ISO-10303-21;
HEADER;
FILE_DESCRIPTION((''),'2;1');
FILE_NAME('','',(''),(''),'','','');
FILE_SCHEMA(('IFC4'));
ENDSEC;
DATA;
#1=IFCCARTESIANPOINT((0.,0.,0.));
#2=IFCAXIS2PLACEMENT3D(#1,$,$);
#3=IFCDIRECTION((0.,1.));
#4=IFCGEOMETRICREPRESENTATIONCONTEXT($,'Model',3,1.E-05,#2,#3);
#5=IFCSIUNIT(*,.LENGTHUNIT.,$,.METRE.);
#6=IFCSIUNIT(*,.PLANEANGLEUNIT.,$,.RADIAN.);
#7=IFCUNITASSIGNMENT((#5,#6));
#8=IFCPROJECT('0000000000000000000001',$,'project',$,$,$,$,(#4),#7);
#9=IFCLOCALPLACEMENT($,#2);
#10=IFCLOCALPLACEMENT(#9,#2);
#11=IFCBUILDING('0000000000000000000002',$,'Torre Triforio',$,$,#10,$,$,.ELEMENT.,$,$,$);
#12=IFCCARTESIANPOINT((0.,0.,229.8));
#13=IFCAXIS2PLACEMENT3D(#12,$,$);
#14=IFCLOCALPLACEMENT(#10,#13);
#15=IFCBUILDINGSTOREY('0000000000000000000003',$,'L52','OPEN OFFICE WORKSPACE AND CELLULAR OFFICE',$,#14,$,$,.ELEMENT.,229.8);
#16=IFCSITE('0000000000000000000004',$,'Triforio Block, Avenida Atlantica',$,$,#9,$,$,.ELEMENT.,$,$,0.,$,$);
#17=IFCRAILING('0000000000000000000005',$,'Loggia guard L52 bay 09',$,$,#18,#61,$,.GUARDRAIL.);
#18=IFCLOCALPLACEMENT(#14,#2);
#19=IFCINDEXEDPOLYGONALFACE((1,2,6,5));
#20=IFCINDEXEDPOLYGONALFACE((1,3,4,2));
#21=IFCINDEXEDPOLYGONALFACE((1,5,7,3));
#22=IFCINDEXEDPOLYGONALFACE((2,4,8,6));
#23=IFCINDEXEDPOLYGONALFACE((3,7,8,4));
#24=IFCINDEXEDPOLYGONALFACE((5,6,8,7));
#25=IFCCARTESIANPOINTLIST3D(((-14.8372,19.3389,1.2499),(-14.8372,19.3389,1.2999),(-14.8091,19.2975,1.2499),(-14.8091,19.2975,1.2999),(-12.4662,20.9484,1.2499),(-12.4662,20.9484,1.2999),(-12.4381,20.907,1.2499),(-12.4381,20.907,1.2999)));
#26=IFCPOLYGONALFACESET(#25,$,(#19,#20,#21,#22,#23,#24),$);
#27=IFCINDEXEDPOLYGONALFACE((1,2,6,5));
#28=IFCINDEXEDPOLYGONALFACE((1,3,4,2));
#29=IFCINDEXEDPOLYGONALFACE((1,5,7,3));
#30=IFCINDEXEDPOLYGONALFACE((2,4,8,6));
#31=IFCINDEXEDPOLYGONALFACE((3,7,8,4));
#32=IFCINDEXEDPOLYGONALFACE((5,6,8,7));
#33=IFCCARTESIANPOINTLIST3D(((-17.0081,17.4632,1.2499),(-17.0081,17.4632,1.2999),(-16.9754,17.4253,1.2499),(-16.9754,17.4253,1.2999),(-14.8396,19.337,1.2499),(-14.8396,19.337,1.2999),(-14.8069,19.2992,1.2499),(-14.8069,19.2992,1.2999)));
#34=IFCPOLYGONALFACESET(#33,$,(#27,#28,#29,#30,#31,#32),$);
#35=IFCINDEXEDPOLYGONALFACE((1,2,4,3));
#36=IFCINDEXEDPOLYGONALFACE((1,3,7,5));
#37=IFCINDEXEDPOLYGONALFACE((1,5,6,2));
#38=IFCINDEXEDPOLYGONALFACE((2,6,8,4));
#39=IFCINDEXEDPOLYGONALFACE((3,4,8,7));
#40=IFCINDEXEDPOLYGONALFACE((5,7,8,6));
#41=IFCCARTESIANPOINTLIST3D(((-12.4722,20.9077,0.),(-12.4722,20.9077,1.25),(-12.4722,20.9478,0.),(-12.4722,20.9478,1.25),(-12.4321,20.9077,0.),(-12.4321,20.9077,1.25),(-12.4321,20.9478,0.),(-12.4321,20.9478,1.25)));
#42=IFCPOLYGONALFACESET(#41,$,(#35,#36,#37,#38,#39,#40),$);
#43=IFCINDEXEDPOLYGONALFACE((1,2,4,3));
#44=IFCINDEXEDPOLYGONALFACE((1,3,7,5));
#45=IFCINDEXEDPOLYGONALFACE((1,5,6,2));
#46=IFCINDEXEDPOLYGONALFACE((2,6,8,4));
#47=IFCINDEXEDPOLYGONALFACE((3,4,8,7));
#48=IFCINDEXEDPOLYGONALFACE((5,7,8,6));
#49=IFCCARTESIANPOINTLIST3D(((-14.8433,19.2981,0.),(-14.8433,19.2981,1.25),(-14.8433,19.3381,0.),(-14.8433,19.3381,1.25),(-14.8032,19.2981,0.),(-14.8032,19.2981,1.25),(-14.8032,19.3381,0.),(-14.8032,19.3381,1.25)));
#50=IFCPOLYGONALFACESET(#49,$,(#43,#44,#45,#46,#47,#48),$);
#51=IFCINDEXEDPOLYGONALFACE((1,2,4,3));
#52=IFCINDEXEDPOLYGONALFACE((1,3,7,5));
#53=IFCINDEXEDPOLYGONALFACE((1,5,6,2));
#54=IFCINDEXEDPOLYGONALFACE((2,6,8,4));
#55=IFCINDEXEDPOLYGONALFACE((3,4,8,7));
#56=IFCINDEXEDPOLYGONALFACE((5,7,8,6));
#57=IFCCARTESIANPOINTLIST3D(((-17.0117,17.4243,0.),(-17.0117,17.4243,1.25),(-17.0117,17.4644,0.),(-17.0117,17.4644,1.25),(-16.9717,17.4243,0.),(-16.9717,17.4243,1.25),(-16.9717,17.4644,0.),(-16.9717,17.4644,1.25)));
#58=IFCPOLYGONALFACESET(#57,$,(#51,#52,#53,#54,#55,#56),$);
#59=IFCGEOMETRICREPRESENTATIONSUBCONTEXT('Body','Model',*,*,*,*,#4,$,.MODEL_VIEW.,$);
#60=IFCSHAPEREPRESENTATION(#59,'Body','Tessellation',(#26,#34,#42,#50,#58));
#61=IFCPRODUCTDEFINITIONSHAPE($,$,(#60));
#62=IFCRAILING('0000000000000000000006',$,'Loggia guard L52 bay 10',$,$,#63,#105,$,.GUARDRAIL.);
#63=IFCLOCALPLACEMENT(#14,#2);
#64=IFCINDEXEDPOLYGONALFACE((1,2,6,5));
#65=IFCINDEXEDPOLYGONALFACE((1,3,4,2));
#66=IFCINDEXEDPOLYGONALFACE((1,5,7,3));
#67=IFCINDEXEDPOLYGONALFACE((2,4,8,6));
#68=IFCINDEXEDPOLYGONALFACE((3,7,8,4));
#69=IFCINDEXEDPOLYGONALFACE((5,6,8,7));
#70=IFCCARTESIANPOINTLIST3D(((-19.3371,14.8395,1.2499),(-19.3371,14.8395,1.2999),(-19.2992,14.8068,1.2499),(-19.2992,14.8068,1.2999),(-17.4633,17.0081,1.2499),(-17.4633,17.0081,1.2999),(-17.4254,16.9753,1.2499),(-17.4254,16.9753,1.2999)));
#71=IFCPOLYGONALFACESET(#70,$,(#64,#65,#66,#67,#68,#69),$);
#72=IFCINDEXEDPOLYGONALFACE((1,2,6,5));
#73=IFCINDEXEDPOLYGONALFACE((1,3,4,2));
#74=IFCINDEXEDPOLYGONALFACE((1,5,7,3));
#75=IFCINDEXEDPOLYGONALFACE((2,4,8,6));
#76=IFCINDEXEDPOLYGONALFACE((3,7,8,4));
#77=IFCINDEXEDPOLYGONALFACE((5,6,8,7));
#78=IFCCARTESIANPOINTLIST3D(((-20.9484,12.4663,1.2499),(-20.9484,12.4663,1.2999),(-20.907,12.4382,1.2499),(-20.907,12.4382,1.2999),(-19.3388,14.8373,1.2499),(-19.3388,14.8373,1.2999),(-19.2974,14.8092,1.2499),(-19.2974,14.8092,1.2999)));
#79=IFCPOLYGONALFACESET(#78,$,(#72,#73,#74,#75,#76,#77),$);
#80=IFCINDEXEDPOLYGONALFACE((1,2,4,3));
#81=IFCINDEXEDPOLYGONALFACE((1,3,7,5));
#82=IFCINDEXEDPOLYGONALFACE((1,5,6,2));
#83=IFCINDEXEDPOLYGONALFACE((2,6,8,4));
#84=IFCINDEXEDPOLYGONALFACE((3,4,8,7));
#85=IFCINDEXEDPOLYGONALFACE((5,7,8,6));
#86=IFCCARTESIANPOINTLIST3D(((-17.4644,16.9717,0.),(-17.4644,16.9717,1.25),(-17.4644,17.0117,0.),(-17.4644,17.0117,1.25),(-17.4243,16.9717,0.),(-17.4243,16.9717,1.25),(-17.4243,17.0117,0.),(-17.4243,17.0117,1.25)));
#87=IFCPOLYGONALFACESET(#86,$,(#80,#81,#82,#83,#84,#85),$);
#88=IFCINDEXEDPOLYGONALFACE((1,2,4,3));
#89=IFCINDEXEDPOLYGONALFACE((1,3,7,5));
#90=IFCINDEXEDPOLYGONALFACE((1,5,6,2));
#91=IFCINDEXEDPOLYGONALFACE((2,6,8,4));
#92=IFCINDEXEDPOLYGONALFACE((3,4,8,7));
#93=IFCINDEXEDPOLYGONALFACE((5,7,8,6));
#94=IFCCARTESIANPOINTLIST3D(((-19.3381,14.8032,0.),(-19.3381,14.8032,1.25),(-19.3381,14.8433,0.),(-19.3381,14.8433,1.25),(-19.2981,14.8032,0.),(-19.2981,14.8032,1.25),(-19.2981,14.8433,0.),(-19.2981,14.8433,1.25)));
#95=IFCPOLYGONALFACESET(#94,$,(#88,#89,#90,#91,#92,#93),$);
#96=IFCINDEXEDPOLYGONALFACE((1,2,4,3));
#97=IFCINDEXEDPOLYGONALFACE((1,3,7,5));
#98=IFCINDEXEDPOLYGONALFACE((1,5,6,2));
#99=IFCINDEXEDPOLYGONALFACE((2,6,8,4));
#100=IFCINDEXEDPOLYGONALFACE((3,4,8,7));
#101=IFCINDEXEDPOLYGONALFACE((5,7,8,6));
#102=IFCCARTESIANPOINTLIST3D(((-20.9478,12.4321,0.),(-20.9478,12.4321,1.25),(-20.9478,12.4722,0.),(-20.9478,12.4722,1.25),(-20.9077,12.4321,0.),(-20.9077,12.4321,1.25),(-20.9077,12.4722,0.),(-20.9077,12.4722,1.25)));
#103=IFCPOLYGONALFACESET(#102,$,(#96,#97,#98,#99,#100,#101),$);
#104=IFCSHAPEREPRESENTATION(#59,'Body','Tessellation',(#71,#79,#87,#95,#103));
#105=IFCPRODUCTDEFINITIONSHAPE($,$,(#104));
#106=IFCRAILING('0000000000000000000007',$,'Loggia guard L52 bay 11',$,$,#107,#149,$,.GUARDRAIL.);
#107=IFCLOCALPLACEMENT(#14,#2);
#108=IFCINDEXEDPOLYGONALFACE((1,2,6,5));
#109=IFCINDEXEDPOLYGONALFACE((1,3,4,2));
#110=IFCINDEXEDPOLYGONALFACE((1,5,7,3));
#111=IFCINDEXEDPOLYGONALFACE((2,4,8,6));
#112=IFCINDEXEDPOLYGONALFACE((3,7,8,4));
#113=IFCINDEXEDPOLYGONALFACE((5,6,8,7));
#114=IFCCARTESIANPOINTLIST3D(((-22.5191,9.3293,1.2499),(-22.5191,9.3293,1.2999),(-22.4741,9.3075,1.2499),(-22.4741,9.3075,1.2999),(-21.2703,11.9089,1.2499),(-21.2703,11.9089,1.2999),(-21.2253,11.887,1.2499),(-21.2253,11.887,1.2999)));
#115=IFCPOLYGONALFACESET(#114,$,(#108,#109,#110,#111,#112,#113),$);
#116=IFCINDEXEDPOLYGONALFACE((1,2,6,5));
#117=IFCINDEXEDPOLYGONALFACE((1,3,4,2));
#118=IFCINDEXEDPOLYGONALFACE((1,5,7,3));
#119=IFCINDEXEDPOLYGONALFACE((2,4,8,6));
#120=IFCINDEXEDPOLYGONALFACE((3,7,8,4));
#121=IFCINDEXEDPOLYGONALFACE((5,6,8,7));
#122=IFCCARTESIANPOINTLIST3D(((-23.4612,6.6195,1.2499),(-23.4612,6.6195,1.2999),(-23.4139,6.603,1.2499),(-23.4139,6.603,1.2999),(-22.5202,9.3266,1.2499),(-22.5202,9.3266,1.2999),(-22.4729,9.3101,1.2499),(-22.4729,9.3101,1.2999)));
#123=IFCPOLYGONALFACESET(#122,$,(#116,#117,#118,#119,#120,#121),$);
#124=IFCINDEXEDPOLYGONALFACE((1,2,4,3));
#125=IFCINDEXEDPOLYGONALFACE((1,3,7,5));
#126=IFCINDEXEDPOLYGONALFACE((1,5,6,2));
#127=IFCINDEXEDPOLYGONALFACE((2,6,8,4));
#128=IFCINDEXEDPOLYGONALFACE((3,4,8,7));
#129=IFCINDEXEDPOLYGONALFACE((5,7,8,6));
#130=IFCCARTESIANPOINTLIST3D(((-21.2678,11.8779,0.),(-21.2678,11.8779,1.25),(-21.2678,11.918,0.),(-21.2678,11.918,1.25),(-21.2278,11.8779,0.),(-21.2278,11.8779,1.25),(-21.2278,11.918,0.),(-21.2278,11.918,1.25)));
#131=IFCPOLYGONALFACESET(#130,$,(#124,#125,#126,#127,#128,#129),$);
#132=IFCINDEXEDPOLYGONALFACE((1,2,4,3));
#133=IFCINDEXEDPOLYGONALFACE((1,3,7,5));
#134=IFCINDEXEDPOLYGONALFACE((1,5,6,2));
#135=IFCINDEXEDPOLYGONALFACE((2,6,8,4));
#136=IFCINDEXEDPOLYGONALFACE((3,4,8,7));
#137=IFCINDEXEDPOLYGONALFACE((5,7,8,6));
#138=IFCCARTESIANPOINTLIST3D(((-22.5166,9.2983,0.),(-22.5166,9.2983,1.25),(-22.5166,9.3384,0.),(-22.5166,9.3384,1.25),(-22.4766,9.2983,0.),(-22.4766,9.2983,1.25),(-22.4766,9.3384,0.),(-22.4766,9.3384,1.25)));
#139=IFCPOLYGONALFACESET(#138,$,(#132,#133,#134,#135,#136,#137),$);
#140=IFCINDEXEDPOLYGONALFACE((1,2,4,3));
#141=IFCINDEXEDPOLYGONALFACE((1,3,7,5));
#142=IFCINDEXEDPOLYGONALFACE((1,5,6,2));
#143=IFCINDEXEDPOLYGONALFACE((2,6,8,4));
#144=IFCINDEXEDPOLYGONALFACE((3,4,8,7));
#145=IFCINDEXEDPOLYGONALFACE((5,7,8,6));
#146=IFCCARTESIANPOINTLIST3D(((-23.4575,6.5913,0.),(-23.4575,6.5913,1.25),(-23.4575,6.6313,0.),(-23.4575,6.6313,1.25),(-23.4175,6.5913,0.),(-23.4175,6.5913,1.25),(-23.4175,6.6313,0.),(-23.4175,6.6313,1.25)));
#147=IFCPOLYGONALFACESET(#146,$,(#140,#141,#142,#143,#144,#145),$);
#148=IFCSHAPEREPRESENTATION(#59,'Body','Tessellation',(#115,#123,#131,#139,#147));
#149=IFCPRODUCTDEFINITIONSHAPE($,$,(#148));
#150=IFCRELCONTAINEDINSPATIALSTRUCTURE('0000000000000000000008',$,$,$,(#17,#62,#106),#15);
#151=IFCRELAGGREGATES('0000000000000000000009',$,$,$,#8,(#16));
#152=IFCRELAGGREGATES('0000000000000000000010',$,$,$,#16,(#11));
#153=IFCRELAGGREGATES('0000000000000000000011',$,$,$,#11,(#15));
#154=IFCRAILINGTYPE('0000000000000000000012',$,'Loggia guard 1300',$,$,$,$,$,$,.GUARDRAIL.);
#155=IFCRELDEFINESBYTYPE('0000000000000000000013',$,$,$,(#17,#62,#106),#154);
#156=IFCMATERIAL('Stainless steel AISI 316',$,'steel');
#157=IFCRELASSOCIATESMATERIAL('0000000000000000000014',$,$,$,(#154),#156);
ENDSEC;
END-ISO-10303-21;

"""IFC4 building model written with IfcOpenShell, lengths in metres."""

from ifc_helpers import new_model, si_unit, direction, frame, origin, origin_2d, place, context, subcontext, project, spatial, rectangle, extrude, material, type_object, element, save


model = new_model("IFC4")

# Units and contexts
model_context = context("Model", 3, precision=1e-05, world=origin(), true_north=direction((0.0, 1.0)))
body_context = subcontext(model_context, "Body", "Model", "MODEL_VIEW")
ifc_project = project(units=[si_unit("LENGTHUNIT", "METRE"), si_unit("PLANEANGLEUNIT", "RADIAN")], contexts=[model_context])

# Site, building, storey
site_placement = place(None, origin())
site = spatial("IfcSite", under=ifc_project, at=site_placement, Name="Triforio Block, Avenida Atlantica", CompositionType="ELEMENT", RefElevation=0.0)
building_placement = place(site_placement, origin())
building = spatial("IfcBuilding", under=site, at=building_placement, Name="Torre Triforio", CompositionType="ELEMENT")
storey_placement = place(building_placement, frame((0.0, 0.0, 229.8)))
storey = spatial("IfcBuildingStorey", under=building, at=storey_placement, Name="L52", Description="OPEN OFFICE WORKSPACE AND CELLULAR OFFICE", CompositionType="ELEMENT", Elevation=229.8)

# Railings
ifc_material_1 = material(Name="Stainless steel AISI 316", Category="steel")
railing_type = type_object("IfcRailingType", Name="Loggia guard 1300", PredefinedType="GUARDRAIL", material=ifc_material_1)
railing_1_placement = place(storey_placement, frame((-12.4521, 20.9277, 0.0)))
element("IfcRailing", 1, at=railing_1_placement, inside=storey, type_object=railing_type, Name="Loggia guard L52 bay 09", PredefinedType="GUARDRAIL", context=body_context, shape_type="SweptSolid", body=[
    extrude(rectangle(XDim=0.05, YDim=0.05, at=origin_2d()), frame((0.0, 0.0, 1.2749), z_axis=(-0.827368, -0.56166, 0.0), x_axis=(0.56166, -0.827368, 0.0)), (0.0, 0.0, 1.0), 2.8657),
    extrude(rectangle(XDim=0.05, YDim=0.05, at=origin_2d()), frame((-2.3711, -1.6096, 1.2749), z_axis=(-0.756647, -0.653824, 0.0), x_axis=(0.653824, -0.756647, 0.0)), (0.0, 0.0, 1.0), 2.866),
    extrude(rectangle(XDim=0.04, YDim=0.04, at=origin_2d()), origin(), (0.0, 0.0, 1.0), 1.25),
    extrude(rectangle(XDim=0.04, YDim=0.04, at=origin_2d()), frame((-2.3711, -1.6096, 0.0)), (0.0, 0.0, 1.0), 1.25),
    extrude(rectangle(XDim=0.04, YDim=0.04, at=origin_2d()), frame((-4.5396, -3.4834, 0.0)), (0.0, 0.0, 1.0), 1.25),
])
railing_2_placement = place(storey_placement, frame((-17.4443, 16.9917, 0.0)))
element("IfcRailing", 2, at=railing_2_placement, inside=storey, type_object=railing_type, Name="Loggia guard L52 bay 10", PredefinedType="GUARDRAIL", context=body_context, shape_type="SweptSolid", body=[
    extrude(rectangle(XDim=0.05, YDim=0.05, at=origin_2d()), frame((0.0, 0.0, 1.2749), z_axis=(-0.653824, -0.756647, 0.0), x_axis=(0.756647, -0.653824, 0.0)), (0.0, 0.0, 1.0), 2.866),
    extrude(rectangle(XDim=0.05, YDim=0.05, at=origin_2d()), frame((-1.8738, -2.1685, 1.2749), z_axis=(-0.56166, -0.827368, 0.0), x_axis=(0.827368, -0.56166, 0.0)), (0.0, 0.0, 1.0), 2.8657),
    extrude(rectangle(XDim=0.04, YDim=0.04, at=origin_2d()), origin(), (0.0, 0.0, 1.0), 1.25),
    extrude(rectangle(XDim=0.04, YDim=0.04, at=origin_2d()), frame((-1.8738, -2.1685, 0.0)), (0.0, 0.0, 1.0), 1.25),
    extrude(rectangle(XDim=0.04, YDim=0.04, at=origin_2d()), frame((-3.4834, -4.5396, 0.0)), (0.0, 0.0, 1.0), 1.25),
])
railing_3_placement = place(storey_placement, frame((-21.2478, 11.8979, 0.0)))
element("IfcRailing", 3, at=railing_3_placement, inside=storey, type_object=railing_type, Name="Loggia guard L52 bay 11", PredefinedType="GUARDRAIL", context=body_context, shape_type="SweptSolid", body=[
    extrude(rectangle(XDim=0.05, YDim=0.05, at=origin_2d()), frame((0.0, 0.0, 1.2749), z_axis=(-0.435728, -0.900078, 0.0), x_axis=(0.900078, -0.435728, 0.0)), (0.0, 0.0, 1.0), 2.866),
    extrude(rectangle(XDim=0.05, YDim=0.05, at=origin_2d()), frame((-1.2488, -2.5796, 1.2749), z_axis=(-0.328316, -0.944568, 0.0), x_axis=(0.944568, -0.328316, 0.0)), (0.0, 0.0, 1.0), 2.866),
    extrude(rectangle(XDim=0.04, YDim=0.04, at=origin_2d()), origin(), (0.0, 0.0, 1.0), 1.25),
    extrude(rectangle(XDim=0.04, YDim=0.04, at=origin_2d()), frame((-1.2488, -2.5796, 0.0)), (0.0, 0.0, 1.0), 1.25),
    extrude(rectangle(XDim=0.04, YDim=0.04, at=origin_2d()), frame((-2.1897, -5.2866, 0.0)), (0.0, 0.0, 1.0), 1.25),
])

save(model, "model.ifc")
